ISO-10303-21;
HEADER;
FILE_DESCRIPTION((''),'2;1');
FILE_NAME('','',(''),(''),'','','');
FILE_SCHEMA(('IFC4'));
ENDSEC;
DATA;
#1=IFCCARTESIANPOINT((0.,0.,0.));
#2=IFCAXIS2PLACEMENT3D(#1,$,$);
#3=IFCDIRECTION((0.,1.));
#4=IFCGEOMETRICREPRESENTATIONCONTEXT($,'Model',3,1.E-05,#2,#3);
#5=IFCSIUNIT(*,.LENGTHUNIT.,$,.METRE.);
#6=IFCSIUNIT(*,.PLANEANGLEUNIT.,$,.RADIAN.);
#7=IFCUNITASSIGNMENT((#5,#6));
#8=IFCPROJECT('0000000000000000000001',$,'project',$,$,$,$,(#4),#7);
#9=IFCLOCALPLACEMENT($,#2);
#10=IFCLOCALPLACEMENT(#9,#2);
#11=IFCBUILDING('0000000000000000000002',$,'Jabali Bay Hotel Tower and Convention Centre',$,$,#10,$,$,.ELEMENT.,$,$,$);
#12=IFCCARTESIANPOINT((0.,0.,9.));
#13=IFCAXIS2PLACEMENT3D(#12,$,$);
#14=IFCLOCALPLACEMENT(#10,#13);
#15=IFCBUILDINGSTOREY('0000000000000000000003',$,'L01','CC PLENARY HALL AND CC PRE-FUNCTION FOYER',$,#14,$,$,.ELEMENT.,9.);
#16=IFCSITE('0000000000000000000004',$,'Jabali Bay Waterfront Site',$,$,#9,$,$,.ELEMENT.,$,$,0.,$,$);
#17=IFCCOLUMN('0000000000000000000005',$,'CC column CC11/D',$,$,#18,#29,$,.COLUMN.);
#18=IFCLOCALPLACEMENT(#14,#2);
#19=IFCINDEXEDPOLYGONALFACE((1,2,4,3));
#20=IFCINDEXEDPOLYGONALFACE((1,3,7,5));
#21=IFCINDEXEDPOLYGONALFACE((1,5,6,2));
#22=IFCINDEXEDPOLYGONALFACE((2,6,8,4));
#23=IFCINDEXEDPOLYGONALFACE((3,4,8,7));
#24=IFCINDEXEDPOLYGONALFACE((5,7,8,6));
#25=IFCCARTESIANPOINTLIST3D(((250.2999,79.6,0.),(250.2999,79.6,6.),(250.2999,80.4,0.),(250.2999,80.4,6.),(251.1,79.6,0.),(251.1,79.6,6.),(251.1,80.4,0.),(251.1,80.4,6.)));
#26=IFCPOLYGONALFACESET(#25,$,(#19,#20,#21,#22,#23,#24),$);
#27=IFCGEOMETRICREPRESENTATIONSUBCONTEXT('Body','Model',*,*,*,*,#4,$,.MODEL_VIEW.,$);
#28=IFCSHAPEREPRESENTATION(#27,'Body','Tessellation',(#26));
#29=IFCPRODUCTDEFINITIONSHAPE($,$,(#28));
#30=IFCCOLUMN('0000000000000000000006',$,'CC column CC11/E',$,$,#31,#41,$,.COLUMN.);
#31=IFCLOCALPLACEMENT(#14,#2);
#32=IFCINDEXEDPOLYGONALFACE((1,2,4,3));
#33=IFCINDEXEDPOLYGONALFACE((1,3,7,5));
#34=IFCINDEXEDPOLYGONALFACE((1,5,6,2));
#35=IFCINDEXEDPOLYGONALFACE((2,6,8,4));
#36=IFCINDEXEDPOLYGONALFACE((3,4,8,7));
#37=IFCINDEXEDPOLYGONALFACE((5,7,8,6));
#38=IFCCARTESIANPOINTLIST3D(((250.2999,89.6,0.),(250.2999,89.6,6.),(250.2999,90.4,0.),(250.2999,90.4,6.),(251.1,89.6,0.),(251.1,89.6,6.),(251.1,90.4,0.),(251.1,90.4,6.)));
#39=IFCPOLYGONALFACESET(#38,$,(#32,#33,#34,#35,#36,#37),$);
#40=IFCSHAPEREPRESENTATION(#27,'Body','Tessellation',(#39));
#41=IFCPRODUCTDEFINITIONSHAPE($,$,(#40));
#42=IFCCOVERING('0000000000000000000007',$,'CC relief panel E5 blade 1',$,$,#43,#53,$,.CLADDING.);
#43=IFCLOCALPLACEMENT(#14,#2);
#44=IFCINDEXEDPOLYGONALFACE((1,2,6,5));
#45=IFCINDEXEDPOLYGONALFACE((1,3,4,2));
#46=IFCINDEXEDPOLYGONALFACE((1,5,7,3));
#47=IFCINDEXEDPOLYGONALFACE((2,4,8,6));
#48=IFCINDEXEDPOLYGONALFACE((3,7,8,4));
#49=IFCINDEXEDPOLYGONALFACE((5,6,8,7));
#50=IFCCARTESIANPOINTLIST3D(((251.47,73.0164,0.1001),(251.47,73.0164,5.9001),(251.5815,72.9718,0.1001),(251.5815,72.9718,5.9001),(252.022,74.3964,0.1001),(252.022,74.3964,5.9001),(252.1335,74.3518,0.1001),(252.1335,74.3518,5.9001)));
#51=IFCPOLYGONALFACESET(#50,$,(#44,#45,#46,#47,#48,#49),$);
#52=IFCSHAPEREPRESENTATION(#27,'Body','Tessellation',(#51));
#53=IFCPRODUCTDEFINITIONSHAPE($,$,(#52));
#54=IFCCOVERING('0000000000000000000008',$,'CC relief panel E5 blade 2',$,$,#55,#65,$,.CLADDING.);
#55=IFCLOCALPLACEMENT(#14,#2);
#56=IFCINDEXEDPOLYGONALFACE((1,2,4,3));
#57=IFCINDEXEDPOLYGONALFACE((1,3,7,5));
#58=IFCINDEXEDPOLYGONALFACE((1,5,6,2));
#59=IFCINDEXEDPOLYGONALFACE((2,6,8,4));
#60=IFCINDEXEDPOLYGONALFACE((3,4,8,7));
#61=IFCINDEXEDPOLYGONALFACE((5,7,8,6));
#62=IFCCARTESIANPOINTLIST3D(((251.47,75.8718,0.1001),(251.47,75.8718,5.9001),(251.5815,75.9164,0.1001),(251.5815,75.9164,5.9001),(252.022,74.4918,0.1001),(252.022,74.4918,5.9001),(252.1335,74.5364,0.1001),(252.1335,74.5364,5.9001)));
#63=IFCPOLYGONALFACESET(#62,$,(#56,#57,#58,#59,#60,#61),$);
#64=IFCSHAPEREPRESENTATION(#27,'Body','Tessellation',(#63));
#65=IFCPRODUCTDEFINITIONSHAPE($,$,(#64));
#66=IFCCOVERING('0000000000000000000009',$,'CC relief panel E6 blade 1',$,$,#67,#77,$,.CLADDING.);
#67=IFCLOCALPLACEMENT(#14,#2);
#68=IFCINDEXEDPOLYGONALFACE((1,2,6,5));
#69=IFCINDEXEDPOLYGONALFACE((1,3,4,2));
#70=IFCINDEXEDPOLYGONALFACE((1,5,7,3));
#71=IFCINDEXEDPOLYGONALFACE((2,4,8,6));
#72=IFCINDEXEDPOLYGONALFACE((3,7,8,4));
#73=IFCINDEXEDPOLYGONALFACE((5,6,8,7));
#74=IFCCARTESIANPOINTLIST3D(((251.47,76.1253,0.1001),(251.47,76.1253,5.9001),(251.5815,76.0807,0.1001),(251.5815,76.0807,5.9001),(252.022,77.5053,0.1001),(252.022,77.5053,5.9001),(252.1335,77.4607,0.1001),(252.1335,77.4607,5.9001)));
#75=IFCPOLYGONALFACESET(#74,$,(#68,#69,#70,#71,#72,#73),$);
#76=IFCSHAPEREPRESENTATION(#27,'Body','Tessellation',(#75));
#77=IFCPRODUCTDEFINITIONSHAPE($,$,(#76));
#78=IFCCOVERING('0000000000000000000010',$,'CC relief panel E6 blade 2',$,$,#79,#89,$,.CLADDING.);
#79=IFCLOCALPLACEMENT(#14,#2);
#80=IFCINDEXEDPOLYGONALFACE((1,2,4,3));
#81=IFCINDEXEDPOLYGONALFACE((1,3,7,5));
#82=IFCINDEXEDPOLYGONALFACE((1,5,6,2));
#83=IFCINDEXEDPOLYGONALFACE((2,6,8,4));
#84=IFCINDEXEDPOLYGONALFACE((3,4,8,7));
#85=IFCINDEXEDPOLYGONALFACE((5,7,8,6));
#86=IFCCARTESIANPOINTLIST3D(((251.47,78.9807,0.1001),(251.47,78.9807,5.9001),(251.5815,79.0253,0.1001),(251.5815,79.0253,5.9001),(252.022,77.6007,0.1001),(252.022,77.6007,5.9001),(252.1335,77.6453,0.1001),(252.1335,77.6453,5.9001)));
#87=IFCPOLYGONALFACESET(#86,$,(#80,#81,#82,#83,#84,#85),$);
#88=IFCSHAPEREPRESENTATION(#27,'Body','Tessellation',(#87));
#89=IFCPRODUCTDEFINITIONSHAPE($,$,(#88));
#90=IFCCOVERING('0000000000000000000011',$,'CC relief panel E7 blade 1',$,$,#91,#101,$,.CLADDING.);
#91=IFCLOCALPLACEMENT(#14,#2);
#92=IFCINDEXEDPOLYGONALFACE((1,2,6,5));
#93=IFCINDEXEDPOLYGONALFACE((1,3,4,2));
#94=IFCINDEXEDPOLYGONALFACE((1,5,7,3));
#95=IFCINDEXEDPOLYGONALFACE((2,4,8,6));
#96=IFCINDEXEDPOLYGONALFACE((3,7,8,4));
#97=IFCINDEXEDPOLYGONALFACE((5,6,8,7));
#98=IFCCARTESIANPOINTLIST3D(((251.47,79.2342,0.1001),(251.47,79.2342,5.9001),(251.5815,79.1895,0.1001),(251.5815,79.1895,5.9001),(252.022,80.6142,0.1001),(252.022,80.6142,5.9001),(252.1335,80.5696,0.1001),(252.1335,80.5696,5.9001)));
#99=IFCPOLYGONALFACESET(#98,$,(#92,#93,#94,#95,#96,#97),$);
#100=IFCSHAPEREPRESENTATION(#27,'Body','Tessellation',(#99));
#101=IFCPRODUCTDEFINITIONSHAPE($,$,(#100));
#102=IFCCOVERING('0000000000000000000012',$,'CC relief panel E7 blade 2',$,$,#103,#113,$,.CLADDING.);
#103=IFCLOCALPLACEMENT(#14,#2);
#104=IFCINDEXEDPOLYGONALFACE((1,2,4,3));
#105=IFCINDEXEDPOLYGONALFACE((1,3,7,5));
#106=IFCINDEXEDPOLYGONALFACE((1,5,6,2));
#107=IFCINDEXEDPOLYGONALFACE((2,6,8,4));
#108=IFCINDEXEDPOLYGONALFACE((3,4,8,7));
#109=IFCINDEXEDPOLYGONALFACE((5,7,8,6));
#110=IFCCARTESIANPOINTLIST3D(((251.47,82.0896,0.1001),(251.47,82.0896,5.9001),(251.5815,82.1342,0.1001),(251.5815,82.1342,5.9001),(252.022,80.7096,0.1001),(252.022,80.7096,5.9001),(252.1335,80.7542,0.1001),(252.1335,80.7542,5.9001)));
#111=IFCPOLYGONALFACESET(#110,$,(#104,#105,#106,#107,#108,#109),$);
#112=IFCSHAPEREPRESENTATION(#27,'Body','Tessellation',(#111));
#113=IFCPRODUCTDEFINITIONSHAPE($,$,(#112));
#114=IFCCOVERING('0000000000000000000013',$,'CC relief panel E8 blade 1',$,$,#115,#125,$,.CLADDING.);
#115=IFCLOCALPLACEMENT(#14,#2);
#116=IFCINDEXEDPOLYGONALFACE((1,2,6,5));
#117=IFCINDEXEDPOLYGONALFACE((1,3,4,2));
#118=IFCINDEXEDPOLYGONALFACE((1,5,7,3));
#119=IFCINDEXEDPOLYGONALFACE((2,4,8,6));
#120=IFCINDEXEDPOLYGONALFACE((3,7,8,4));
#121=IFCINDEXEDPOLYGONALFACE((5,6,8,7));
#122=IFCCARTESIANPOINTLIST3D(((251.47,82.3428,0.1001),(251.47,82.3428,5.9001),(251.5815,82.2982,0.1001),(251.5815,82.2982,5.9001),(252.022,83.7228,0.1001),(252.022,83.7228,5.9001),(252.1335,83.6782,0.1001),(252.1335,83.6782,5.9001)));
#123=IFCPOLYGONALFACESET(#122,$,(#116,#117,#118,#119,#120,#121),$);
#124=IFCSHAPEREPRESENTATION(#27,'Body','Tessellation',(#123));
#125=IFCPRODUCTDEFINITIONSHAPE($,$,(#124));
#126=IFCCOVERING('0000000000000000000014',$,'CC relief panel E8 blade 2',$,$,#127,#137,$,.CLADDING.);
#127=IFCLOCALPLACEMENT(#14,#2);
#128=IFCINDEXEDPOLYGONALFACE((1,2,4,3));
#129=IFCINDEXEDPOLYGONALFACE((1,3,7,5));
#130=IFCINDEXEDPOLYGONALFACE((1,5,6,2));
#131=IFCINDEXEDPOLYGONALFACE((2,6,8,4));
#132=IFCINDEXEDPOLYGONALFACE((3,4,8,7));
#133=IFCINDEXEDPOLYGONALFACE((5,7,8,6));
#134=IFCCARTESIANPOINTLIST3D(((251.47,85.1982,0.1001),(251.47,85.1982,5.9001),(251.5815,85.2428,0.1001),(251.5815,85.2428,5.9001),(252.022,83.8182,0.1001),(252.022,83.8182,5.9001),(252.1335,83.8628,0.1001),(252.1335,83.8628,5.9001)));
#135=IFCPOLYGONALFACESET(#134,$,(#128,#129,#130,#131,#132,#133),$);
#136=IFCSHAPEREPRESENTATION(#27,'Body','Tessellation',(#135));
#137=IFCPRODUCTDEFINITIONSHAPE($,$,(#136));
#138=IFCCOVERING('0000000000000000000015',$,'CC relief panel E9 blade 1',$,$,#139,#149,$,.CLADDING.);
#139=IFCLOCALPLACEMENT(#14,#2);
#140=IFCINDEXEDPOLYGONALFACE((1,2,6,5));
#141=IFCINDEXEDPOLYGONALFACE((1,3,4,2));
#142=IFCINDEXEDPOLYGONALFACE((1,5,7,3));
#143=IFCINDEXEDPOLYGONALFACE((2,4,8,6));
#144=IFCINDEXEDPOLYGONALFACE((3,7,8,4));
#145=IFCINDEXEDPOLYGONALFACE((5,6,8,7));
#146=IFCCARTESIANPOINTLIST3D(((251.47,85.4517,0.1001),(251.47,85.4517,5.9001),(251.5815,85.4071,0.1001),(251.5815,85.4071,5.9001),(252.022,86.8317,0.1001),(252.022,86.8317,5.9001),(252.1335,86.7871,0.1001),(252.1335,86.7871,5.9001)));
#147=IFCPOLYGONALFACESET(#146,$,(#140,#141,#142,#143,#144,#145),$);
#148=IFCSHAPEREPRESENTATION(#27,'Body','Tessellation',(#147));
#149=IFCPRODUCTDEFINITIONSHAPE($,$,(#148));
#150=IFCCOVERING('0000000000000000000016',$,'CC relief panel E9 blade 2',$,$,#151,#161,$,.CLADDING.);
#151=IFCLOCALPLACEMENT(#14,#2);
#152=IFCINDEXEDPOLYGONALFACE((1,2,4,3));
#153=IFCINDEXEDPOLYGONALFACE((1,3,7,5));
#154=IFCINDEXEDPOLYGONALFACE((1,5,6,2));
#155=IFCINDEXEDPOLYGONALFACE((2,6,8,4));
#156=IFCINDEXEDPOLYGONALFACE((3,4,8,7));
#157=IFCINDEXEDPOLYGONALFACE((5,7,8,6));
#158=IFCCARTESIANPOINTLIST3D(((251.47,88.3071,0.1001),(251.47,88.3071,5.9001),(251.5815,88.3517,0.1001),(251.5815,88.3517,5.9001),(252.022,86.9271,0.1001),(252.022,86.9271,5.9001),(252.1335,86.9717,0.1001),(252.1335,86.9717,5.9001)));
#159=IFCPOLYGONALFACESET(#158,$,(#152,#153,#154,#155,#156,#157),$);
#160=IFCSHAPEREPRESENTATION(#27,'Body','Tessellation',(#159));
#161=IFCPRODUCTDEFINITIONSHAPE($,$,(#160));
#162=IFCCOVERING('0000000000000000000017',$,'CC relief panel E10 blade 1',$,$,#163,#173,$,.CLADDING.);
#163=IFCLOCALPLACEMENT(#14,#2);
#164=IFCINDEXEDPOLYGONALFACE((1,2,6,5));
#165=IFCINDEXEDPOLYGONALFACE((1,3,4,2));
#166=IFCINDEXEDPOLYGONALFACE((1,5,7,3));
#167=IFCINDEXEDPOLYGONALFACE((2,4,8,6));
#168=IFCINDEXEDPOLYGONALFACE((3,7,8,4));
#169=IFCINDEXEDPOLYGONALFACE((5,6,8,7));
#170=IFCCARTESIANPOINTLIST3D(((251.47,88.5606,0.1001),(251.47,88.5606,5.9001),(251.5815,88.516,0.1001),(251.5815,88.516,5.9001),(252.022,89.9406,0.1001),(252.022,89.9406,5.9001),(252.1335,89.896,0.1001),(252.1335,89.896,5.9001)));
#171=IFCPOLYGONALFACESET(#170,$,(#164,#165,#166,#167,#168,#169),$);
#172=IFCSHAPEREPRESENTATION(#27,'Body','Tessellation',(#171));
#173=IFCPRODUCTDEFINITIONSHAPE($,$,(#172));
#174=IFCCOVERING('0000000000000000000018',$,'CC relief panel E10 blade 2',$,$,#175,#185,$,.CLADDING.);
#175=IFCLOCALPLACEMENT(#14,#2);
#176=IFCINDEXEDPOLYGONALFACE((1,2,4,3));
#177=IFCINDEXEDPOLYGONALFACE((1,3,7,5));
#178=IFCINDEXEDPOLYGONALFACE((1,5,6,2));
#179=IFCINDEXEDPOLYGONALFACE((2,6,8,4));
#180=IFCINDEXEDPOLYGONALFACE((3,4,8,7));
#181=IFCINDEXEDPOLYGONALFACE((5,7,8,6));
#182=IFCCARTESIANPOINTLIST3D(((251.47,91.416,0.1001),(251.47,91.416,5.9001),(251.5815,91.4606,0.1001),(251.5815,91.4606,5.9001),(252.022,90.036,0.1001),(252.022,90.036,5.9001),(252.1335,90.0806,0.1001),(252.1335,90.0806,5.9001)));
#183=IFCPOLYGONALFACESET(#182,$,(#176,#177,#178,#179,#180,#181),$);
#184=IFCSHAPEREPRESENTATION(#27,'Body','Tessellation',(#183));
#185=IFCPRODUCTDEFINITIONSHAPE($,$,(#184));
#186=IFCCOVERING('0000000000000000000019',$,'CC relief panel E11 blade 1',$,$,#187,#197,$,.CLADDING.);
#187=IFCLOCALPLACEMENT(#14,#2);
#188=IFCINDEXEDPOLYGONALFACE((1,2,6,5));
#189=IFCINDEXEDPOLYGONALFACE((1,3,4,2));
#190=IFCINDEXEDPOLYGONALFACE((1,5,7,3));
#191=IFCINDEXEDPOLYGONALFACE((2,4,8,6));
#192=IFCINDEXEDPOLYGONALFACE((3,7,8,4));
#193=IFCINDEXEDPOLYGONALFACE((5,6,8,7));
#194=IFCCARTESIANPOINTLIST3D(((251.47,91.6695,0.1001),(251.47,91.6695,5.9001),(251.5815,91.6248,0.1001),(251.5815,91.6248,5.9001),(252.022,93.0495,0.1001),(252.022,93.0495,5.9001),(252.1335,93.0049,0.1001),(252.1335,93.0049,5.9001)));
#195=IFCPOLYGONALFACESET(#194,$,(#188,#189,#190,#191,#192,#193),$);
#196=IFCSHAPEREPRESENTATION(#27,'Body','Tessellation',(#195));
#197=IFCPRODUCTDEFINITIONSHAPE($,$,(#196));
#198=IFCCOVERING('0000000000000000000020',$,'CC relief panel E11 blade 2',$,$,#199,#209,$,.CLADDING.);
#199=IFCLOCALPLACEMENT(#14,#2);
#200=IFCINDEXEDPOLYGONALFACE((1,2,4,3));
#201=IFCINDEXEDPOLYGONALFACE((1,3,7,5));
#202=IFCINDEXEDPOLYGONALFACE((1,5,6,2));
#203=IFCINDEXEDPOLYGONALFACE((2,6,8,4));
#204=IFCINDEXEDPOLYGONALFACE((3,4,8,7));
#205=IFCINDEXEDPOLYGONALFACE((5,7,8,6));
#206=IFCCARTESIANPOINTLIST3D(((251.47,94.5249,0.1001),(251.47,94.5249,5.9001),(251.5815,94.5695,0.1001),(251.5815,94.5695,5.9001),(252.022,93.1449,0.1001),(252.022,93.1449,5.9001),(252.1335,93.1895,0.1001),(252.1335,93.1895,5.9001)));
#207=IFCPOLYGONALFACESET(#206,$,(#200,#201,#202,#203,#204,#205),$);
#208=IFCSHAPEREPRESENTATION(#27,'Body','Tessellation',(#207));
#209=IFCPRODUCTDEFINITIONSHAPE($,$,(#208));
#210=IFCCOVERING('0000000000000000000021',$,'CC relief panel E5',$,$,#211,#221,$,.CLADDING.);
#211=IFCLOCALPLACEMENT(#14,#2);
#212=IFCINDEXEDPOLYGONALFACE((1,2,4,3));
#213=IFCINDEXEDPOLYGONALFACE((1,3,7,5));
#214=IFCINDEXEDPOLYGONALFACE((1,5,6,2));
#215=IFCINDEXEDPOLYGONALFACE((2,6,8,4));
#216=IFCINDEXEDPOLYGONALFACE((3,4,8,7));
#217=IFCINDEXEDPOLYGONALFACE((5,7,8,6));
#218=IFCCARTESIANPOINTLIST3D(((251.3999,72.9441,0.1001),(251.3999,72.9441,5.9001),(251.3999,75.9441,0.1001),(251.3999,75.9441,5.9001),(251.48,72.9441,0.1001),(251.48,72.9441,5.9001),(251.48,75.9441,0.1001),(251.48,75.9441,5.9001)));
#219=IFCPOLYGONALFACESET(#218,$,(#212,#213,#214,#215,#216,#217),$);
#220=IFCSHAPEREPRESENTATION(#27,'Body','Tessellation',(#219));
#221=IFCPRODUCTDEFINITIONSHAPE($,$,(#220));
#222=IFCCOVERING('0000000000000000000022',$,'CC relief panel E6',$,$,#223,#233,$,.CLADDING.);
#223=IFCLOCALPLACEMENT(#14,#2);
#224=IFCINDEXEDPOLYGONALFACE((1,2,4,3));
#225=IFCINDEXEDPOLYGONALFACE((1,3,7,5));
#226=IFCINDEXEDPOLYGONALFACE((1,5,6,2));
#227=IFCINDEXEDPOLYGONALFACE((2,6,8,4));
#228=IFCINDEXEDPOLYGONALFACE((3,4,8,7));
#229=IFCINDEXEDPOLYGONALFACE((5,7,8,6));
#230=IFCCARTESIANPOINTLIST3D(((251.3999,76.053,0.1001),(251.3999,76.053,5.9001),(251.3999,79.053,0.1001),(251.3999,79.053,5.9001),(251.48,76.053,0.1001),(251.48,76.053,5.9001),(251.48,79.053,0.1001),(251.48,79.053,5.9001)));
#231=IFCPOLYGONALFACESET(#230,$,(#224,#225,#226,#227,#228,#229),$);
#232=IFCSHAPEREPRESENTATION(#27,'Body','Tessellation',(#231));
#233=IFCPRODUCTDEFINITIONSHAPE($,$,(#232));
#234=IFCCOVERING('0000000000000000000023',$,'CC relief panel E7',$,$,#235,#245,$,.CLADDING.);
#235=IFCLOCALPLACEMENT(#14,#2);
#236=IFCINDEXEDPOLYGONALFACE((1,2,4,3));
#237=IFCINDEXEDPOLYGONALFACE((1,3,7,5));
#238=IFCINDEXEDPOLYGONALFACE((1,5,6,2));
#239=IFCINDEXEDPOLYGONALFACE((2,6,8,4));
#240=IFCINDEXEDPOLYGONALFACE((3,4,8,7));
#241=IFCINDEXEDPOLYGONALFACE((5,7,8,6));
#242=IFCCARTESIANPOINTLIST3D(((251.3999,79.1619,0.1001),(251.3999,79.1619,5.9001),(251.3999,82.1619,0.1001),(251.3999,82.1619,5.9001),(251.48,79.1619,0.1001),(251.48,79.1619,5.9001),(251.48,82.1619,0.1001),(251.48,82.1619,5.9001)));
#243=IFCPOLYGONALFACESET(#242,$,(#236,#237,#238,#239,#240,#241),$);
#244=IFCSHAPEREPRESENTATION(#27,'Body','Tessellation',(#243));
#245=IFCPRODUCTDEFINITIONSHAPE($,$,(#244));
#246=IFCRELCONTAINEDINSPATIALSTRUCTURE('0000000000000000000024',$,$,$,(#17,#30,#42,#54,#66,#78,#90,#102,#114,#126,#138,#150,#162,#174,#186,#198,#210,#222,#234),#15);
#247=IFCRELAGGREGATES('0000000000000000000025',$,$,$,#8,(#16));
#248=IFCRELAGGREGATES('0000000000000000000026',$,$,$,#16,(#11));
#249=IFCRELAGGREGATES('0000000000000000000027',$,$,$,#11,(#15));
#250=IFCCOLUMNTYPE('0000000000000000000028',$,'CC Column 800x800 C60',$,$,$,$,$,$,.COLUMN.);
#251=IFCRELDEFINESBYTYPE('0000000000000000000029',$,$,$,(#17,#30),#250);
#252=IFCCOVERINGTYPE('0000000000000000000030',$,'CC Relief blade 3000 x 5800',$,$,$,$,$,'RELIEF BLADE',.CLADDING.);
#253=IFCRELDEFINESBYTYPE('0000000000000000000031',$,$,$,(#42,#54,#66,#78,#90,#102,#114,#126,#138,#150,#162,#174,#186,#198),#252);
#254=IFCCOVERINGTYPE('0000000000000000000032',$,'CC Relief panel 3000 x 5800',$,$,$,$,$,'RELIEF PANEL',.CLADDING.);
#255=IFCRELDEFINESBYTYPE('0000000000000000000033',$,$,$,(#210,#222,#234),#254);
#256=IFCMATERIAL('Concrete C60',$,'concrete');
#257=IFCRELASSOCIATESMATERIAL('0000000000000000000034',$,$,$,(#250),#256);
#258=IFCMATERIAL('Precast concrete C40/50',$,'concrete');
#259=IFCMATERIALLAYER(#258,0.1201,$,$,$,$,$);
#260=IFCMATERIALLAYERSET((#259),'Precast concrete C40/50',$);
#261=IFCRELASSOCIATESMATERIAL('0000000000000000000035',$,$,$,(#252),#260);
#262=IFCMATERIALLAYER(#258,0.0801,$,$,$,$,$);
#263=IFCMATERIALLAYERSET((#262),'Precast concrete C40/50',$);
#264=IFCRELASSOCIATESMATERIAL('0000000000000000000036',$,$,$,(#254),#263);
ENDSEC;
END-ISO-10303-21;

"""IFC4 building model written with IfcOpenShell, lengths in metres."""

from ifc_helpers import new_model, si_unit, direction, frame, origin, origin_2d, place, context, subcontext, project, spatial, rectangle, extrude, material, layer, layer_set, material_profile, profile_set, type_object, element, save


model = new_model("IFC4")

# Units and contexts
model_context = context("Model", 3, precision=1e-05, world=origin(), true_north=direction((0.0, 1.0)))
body_context = subcontext(model_context, "Body", "Model", "MODEL_VIEW")
ifc_project = project(units=[si_unit("LENGTHUNIT", "METRE"), si_unit("PLANEANGLEUNIT", "RADIAN")], contexts=[model_context])

# Site, building, storey
site_placement = place(None, origin())
site = spatial("IfcSite", under=ifc_project, at=site_placement, Name="Jabali Bay Waterfront Site", CompositionType="ELEMENT", RefElevation=0.0)
building_placement = place(site_placement, origin())
building = spatial("IfcBuilding", under=site, at=building_placement, Name="Jabali Bay Hotel Tower and Convention Centre", CompositionType="ELEMENT")
storey_placement = place(building_placement, frame((0.0, 0.0, 9.0)))
storey = spatial("IfcBuildingStorey", under=building, at=storey_placement, Name="L01", Description="CC PLENARY HALL AND CC PRE-FUNCTION FOYER", CompositionType="ELEMENT", Elevation=9.0)

# Columns
ifc_material_1 = material(Name="Concrete C60", Category="concrete")
ifc_material_profile = material_profile(ifc_material_1, rectangle(XDim=0.8, YDim=0.8, at=origin_2d()), Name="RC 800x800")
ifc_profile_set = profile_set([ifc_material_profile], Name="Concrete C60")
column_type = type_object("IfcColumnType", Name="CC Column 800x800 C60", PredefinedType="COLUMN", material=ifc_profile_set)
for number, where, z_axis, x_axis, name in (
    (1, (250.7, 80.0, 0.0), (0.0, 0.0, 1.0), (1.0, 0.0, 0.0), "CC column CC11/D"),
    (2, (250.7, 90.0, 0.0), (0.0, 0.0, 1.0), (1.0, 0.0, 0.0), "CC column CC11/E"),
):
    element("IfcColumn", number, at=place(storey_placement, frame(where, z_axis=z_axis, x_axis=x_axis)), inside=storey, type_object=column_type, Name=name, PredefinedType="COLUMN", context=body_context, shape_type="SweptSolid", body=[
        extrude(rectangle(XDim=0.8, YDim=0.8, at=origin_2d()), origin(), (0.0, 0.0, 1.0), 6.0),
    ])

# Coverings
ifc_material_2 = material(Name="Precast concrete C40/50", Category="concrete")
ifc_layer_1 = layer(ifc_material_2, 0.1201)
ifc_layer_set_1 = layer_set([ifc_layer_1], Name="Precast concrete C40/50")
covering_type_1 = type_object("IfcCoveringType", Name="CC Relief blade 3000 x 5800", ElementType="RELIEF BLADE", PredefinedType="CLADDING", material=ifc_layer_set_1)
for number, where, z_axis, x_axis, name in (
    (3, (251.8018, 73.6841, 0.1001), (0.0, 0.0, 1.0), (0.371391, 0.928477, 0.0), "CC relief panel E5 blade 1"),
    (4, (251.8018, 75.2041, 0.1001), (0.0, 0.0, 1.0), (0.371391, -0.928477, 0.0), "CC relief panel E5 blade 2"),
    (5, (251.8018, 76.793, 0.1001), (0.0, 0.0, 1.0), (0.371391, 0.928477, 0.0), "CC relief panel E6 blade 1"),
    (6, (251.8018, 78.313, 0.1001), (0.0, 0.0, 1.0), (0.371391, -0.928477, 0.0), "CC relief panel E6 blade 2"),
    (7, (251.8018, 79.9019, 0.1001), (0.0, 0.0, 1.0), (0.371391, 0.928477, 0.0), "CC relief panel E7 blade 1"),
    (8, (251.8018, 81.4219, 0.1001), (0.0, 0.0, 1.0), (0.371391, -0.928477, 0.0), "CC relief panel E7 blade 2"),
    (9, (251.8018, 83.0105, 0.1001), (0.0, 0.0, 1.0), (0.371391, 0.928477, 0.0), "CC relief panel E8 blade 1"),
    (10, (251.8018, 84.5305, 0.1001), (0.0, 0.0, 1.0), (0.371391, -0.928477, 0.0), "CC relief panel E8 blade 2"),
    (11, (251.8018, 86.1194, 0.1001), (0.0, 0.0, 1.0), (0.371391, 0.928477, 0.0), "CC relief panel E9 blade 1"),
    (12, (251.8018, 87.6394, 0.1001), (0.0, 0.0, 1.0), (0.371391, -0.928477, 0.0), "CC relief panel E9 blade 2"),
    (13, (251.8018, 89.2283, 0.1001), (0.0, 0.0, 1.0), (0.371391, 0.928477, 0.0), "CC relief panel E10 blade 1"),
    (14, (251.8018, 90.7483, 0.1001), (0.0, 0.0, 1.0), (0.371391, -0.928477, 0.0), "CC relief panel E10 blade 2"),
    (15, (251.8018, 92.3372, 0.1001), (0.0, 0.0, 1.0), (0.371391, 0.928477, 0.0), "CC relief panel E11 blade 1"),
    (16, (251.8018, 93.8572, 0.1001), (0.0, 0.0, 1.0), (0.371391, -0.928477, 0.0), "CC relief panel E11 blade 2"),
):
    element("IfcCovering", number, at=place(storey_placement, frame(where, z_axis=z_axis, x_axis=x_axis)), inside=storey, type_object=covering_type_1, Name=name, PredefinedType="CLADDING", context=body_context, shape_type="SweptSolid", body=[
        extrude(rectangle(XDim=1.4863, YDim=0.1201, at=origin_2d()), origin(), (0.0, 0.0, 1.0), 5.8),
    ])
ifc_layer_2 = layer(ifc_material_2, 0.0801)
ifc_layer_set_2 = layer_set([ifc_layer_2], Name="Precast concrete C40/50")
covering_type_2 = type_object("IfcCoveringType", Name="CC Relief panel 3000 x 5800", ElementType="RELIEF PANEL", PredefinedType="CLADDING", material=ifc_layer_set_2)
for number, where, z_axis, x_axis, name in (
    (17, (251.4399, 74.4441, 0.1001), (0.0, 0.0, 1.0), (1.0, 0.0, 0.0), "CC relief panel E5"),
    (18, (251.4399, 77.553, 0.1001), (0.0, 0.0, 1.0), (1.0, 0.0, 0.0), "CC relief panel E6"),
    (19, (251.4399, 80.6619, 0.1001), (0.0, 0.0, 1.0), (1.0, 0.0, 0.0), "CC relief panel E7"),
):
    element("IfcCovering", number, at=place(storey_placement, frame(where, z_axis=z_axis, x_axis=x_axis)), inside=storey, type_object=covering_type_2, Name=name, PredefinedType="CLADDING", context=body_context, shape_type="SweptSolid", body=[
        extrude(rectangle(XDim=0.0801, YDim=3.0, at=origin_2d()), origin(), (0.0, 0.0, 1.0), 5.8),
    ])

save(model, "model.ifc")
